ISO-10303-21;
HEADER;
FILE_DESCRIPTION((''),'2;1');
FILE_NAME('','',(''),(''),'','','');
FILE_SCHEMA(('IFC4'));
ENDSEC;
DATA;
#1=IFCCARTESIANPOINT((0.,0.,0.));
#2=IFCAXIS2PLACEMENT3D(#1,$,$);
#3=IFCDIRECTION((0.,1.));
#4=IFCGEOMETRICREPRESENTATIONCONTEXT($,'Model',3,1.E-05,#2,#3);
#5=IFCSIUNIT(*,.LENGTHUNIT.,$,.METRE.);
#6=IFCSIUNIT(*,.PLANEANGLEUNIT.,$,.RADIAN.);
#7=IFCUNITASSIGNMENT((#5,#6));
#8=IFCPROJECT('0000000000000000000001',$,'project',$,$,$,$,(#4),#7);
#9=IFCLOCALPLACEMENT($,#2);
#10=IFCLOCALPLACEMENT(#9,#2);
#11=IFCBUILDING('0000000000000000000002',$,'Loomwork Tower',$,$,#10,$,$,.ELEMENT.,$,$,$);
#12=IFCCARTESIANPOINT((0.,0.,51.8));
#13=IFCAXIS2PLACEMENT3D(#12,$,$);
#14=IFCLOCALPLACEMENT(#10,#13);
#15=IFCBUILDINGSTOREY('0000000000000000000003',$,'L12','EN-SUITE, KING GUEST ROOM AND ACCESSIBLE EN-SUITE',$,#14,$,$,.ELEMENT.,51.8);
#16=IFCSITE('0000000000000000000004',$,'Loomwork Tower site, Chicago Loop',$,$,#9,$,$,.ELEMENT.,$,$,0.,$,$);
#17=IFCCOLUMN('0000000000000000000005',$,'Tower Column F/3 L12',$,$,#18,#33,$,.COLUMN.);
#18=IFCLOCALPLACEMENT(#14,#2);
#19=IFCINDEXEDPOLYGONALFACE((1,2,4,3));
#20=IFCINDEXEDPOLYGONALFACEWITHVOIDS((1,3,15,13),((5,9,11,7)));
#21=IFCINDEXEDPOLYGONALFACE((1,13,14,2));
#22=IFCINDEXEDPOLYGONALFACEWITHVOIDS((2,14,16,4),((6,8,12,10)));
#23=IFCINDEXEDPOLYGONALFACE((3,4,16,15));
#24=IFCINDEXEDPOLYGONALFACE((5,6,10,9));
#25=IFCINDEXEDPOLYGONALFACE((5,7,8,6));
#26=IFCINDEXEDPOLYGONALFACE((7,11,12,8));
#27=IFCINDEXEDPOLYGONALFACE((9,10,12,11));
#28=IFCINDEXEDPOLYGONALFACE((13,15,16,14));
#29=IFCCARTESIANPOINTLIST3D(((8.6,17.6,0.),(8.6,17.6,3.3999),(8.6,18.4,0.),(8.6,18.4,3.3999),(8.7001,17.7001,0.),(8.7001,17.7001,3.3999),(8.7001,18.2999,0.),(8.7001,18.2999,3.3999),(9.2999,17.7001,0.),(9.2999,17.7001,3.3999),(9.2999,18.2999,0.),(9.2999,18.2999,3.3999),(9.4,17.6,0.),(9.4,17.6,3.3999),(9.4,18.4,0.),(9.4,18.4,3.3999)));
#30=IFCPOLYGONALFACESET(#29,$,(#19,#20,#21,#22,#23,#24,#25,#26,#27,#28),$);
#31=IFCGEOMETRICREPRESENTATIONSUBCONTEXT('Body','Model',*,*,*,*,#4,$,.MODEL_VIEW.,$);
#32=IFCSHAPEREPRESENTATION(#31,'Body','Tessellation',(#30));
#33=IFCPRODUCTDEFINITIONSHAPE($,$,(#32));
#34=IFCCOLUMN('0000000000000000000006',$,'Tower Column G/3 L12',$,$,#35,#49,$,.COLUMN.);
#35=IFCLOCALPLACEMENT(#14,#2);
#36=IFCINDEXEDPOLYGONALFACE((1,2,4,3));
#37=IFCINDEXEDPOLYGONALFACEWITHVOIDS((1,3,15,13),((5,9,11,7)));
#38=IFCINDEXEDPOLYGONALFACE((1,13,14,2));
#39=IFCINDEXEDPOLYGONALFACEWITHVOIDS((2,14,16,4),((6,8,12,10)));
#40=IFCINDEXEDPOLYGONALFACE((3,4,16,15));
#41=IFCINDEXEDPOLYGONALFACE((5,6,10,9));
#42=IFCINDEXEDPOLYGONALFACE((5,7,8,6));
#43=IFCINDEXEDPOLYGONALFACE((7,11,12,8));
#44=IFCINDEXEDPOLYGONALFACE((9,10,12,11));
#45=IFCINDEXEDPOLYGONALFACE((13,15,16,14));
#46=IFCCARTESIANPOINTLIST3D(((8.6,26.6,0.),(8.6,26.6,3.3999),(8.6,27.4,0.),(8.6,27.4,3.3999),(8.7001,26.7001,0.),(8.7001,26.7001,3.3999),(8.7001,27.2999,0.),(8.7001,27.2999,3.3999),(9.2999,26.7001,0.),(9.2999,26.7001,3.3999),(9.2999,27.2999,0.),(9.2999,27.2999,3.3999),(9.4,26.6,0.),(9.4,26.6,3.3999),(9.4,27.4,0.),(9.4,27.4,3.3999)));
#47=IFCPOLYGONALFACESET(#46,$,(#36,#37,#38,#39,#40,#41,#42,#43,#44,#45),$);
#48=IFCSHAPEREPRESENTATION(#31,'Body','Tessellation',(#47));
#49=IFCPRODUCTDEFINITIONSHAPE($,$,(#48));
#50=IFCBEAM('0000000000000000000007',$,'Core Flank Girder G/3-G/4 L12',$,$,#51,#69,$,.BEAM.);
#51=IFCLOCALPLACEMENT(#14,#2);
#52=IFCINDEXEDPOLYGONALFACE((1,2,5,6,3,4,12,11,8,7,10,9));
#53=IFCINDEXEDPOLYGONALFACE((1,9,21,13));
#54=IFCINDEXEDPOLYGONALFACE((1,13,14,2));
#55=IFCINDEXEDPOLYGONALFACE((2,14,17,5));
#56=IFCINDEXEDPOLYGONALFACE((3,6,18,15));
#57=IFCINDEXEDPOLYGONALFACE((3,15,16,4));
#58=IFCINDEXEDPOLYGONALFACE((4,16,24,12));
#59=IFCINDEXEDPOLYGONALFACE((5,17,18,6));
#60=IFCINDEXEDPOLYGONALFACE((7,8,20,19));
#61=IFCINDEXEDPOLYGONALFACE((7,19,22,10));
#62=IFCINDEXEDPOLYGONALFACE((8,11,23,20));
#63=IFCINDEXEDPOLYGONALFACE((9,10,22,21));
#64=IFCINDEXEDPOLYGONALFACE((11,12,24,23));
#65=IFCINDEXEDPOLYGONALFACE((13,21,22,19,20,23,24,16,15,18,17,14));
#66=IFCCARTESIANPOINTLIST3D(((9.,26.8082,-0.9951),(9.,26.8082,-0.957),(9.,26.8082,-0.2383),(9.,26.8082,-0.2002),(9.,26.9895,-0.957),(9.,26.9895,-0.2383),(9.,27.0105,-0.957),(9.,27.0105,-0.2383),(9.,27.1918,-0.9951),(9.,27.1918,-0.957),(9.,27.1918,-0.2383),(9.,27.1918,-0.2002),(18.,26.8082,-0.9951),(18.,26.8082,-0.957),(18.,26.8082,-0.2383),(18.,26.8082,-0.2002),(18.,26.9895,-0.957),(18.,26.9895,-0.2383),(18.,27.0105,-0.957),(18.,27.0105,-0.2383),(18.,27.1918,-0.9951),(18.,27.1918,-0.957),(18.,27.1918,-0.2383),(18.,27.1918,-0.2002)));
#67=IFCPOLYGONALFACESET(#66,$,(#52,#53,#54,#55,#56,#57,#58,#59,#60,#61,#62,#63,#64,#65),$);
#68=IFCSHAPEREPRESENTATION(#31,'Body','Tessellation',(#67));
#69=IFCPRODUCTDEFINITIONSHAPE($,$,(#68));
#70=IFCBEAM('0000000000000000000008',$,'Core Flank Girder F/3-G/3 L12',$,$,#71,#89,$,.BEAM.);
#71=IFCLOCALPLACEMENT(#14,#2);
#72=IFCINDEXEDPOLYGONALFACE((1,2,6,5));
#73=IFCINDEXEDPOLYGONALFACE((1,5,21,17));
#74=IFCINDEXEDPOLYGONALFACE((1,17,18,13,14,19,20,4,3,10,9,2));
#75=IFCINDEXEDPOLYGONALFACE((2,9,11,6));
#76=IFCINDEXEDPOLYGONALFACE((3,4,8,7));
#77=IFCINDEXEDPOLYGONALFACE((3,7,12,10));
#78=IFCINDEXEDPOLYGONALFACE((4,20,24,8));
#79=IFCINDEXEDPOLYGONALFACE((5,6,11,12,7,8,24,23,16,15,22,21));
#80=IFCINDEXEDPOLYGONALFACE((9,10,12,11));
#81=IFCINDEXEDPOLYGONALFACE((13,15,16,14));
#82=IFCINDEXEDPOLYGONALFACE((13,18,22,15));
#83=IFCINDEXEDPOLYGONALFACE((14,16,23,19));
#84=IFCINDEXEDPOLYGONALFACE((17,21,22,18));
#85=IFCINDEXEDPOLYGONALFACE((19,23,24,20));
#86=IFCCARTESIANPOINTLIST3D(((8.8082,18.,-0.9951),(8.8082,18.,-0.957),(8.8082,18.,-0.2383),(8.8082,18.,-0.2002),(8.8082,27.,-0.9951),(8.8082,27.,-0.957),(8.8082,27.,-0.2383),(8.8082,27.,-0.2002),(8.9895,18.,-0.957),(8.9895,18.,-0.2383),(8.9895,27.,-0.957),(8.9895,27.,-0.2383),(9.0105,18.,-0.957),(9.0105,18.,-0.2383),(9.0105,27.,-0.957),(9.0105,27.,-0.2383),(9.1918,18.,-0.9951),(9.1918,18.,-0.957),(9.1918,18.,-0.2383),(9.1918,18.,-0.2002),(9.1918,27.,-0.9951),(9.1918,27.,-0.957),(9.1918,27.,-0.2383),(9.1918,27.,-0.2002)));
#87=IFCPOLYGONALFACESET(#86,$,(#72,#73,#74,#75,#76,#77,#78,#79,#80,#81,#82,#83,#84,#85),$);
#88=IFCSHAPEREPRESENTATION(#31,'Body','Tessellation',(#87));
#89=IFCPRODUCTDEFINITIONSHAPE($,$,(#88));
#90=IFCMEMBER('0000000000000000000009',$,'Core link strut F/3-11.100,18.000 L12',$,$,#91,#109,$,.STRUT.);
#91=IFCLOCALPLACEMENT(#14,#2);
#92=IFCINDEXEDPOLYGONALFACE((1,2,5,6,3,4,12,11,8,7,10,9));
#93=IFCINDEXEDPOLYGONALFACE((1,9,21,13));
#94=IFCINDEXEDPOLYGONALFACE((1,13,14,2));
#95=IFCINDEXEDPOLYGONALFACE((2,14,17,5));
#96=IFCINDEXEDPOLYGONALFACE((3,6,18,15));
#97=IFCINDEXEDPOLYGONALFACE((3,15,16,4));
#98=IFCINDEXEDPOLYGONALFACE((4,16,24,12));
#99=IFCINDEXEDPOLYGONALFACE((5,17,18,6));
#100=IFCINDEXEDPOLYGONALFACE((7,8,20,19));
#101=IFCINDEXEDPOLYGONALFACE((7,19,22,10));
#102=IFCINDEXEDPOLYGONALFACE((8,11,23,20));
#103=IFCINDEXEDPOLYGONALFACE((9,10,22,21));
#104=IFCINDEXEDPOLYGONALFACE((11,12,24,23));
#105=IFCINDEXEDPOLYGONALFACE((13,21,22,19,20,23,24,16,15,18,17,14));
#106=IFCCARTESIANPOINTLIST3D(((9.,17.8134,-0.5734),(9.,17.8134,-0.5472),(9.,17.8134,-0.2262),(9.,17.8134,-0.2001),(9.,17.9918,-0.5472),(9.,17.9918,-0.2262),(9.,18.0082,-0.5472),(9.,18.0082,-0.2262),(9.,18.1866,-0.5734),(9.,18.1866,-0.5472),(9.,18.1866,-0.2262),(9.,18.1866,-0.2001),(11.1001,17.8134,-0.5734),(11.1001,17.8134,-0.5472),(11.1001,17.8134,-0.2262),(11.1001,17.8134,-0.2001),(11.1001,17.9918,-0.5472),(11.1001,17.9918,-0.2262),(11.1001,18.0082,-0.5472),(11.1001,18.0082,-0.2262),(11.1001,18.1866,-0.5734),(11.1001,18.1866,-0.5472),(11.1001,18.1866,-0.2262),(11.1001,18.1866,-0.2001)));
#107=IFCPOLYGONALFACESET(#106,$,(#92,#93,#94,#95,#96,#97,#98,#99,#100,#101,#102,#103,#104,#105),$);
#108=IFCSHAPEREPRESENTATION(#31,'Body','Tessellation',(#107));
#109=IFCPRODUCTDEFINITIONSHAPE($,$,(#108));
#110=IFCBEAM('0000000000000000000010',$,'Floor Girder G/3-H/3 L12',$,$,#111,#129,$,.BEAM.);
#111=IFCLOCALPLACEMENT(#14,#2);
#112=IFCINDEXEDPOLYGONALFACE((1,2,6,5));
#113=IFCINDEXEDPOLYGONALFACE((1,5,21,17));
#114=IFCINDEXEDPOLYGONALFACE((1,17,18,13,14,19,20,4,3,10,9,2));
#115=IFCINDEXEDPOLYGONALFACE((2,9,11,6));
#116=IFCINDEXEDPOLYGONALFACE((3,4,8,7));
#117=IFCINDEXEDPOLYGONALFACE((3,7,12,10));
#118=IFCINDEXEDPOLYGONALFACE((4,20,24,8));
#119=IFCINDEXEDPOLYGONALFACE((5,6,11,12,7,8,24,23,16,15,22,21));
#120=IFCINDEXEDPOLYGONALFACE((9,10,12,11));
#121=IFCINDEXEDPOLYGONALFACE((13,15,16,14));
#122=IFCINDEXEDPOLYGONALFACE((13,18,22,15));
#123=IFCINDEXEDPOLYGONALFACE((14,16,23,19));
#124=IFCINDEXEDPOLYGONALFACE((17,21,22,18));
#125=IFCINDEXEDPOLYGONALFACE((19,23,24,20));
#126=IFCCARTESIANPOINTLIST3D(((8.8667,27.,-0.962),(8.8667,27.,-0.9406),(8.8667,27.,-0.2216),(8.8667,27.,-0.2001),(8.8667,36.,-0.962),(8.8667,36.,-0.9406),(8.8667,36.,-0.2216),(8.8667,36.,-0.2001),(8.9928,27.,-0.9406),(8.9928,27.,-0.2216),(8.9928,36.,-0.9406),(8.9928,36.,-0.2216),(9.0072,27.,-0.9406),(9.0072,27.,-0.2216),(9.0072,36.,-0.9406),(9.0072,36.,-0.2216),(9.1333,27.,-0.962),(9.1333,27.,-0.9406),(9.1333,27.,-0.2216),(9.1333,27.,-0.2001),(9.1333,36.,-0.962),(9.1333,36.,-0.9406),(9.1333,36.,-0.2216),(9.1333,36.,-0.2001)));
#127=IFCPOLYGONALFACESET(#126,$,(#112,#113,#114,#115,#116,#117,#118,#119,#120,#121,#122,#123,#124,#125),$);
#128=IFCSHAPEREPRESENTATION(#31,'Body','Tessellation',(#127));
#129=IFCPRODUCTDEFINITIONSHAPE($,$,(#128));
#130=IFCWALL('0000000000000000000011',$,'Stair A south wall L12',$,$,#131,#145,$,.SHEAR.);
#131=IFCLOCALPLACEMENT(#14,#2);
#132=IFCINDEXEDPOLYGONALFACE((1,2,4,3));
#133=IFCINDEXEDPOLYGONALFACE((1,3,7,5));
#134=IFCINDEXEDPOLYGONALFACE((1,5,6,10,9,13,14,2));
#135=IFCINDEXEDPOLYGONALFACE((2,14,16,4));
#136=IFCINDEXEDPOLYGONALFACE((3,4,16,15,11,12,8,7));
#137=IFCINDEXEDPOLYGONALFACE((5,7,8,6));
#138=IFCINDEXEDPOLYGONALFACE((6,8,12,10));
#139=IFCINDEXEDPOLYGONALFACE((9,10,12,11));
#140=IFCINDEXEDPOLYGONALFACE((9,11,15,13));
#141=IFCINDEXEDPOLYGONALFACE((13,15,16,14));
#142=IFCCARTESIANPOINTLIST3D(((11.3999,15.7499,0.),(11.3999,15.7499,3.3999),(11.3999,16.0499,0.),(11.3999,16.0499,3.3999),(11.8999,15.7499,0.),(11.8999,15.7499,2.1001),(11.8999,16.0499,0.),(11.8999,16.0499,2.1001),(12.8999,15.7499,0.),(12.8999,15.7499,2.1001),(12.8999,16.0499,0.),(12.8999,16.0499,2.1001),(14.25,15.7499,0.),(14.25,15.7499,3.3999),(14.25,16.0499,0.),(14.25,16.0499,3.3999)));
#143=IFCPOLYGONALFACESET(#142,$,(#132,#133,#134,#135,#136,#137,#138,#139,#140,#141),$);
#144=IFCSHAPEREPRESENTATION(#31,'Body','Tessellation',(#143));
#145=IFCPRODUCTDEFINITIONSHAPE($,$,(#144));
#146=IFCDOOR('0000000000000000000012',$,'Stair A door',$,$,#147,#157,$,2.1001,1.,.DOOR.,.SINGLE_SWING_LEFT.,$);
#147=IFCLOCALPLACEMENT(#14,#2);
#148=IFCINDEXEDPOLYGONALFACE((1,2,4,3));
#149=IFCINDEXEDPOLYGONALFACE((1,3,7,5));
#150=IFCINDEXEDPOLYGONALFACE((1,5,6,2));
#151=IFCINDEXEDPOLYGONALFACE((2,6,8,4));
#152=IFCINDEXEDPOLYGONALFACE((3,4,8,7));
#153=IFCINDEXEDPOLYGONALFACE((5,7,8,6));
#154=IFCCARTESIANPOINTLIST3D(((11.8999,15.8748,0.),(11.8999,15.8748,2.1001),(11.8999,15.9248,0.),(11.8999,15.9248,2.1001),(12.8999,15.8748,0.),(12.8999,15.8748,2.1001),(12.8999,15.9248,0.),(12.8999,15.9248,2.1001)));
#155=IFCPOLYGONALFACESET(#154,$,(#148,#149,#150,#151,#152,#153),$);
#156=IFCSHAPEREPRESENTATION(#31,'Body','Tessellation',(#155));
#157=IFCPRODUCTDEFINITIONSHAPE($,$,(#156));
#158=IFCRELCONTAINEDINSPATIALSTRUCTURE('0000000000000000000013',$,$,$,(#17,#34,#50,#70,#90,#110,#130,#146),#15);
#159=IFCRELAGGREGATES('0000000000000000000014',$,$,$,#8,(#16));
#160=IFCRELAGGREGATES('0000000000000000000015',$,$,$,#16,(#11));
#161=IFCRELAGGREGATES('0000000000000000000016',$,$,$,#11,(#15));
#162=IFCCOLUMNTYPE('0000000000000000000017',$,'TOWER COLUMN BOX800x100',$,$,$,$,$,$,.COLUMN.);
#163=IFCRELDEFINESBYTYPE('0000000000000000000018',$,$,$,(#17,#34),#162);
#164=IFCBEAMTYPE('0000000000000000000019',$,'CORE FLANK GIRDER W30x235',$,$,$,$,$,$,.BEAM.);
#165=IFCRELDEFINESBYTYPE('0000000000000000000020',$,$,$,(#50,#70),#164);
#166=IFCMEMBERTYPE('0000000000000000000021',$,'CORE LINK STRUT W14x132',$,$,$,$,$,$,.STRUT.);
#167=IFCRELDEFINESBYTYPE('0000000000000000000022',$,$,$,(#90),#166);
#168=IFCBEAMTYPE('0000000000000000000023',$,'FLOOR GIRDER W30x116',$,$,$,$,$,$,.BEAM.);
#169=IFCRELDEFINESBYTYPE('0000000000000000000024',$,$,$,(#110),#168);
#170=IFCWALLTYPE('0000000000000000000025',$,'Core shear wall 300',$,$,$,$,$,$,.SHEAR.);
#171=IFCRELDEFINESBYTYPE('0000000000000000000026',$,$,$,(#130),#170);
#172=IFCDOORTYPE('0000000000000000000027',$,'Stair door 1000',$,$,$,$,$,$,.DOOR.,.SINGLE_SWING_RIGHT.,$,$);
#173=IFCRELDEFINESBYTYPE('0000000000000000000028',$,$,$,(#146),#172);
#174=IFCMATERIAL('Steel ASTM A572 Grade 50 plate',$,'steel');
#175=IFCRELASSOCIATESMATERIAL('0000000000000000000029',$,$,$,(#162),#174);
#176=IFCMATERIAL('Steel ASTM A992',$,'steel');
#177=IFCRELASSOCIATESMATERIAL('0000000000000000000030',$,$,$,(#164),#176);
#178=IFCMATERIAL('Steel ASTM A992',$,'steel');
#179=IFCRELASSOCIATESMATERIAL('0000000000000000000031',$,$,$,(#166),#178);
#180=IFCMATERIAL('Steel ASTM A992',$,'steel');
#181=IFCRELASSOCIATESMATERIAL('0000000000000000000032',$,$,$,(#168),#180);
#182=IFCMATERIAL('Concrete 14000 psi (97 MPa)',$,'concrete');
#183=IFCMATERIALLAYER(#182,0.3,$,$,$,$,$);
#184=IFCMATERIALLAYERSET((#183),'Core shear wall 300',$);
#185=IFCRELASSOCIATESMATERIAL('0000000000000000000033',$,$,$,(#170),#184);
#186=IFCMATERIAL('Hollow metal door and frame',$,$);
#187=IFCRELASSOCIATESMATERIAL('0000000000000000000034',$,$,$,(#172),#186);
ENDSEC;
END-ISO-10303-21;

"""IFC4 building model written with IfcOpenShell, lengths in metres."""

from ifc_helpers import new_model, si_unit, direction, frame, frame_2d, origin, origin_2d, place, context, subcontext, project, spatial, rectangle, hollow_rectangle, i_section, extrude, material, layer, layer_set, material_profile, profile_set, type_object, element, fill, save


model = new_model("IFC4")

# Units and contexts
model_context = context("Model", 3, precision=1e-05, world=origin(), true_north=direction((0.0, 1.0)))
body_context = subcontext(model_context, "Body", "Model", "MODEL_VIEW")
ifc_project = project(units=[si_unit("LENGTHUNIT", "METRE"), si_unit("PLANEANGLEUNIT", "RADIAN")], contexts=[model_context])

# Site, building, storey
site_placement = place(None, origin())
site = spatial("IfcSite", under=ifc_project, at=site_placement, Name="Loomwork Tower site, Chicago Loop", CompositionType="ELEMENT", RefElevation=0.0)
building_placement = place(site_placement, origin())
building = spatial("IfcBuilding", under=site, at=building_placement, Name="Loomwork Tower", CompositionType="ELEMENT")
storey_placement = place(building_placement, frame((0.0, 0.0, 51.8)))
storey = spatial("IfcBuildingStorey", under=building, at=storey_placement, Name="L12", Description="EN-SUITE, KING GUEST ROOM AND ACCESSIBLE EN-SUITE", CompositionType="ELEMENT", Elevation=51.8)

# Columns
ifc_material_1 = material(Name="Steel ASTM A572 Grade 50 plate", Category="steel")
ifc_material_profile_1 = material_profile(ifc_material_1, hollow_rectangle(XDim=0.8, YDim=0.8, WallThickness=0.1001, at=origin_2d()), Name="BOX800x100")
ifc_profile_set_1 = profile_set([ifc_material_profile_1], Name="Steel ASTM A572 Grade 50 plate")
column_type = type_object("IfcColumnType", Name="TOWER COLUMN BOX800x100", PredefinedType="COLUMN", material=ifc_profile_set_1)
for number, where, z_axis, x_axis, name in (
    (1, (9.0, 18.0, 0.0), (0.0, 0.0, 1.0), (1.0, 0.0, 0.0), "Tower Column F/3 L12"),
    (2, (9.0, 27.0, 0.0), (0.0, 0.0, 1.0), (1.0, 0.0, 0.0), "Tower Column G/3 L12"),
):
    element("IfcColumn", number, at=place(storey_placement, frame(where, z_axis=z_axis, x_axis=x_axis)), inside=storey, type_object=column_type, Name=name, PredefinedType="COLUMN", context=body_context, shape_type="SweptSolid", body=[
        extrude(hollow_rectangle(XDim=0.8, YDim=0.8, WallThickness=0.1001, at=origin_2d()), origin(), (0.0, 0.0, 1.0), 3.3999),
    ])

# Beams
ifc_material_2 = material(Name="Steel ASTM A992", Category="steel")
ifc_material_profile_2 = material_profile(ifc_material_2, i_section(OverallWidth=0.3835, OverallDepth=0.7949, WebThickness=0.021, FlangeThickness=0.0381, at=origin_2d()), Name="W30x235")
ifc_profile_set_2 = profile_set([ifc_material_profile_2], Name="Steel ASTM A992")
beam_type_1 = type_object("IfcBeamType", Name="CORE FLANK GIRDER W30x235", PredefinedType="BEAM", material=ifc_profile_set_2)
for number, where, z_axis, x_axis, name in (
    (3, (9.0, 27.0, -0.5977), (1.0, 0.0, 0.0), (0.0, 1.0, 0.0), "Core Flank Girder G/3-G/4 L12"),
    (4, (9.0, 18.0, -0.5977), (0.0, 1.0, 0.0), (-1.0, 0.0, 0.0), "Core Flank Girder F/3-G/3 L12"),
):
    element("IfcBeam", number, at=place(storey_placement, frame(where, z_axis=z_axis, x_axis=x_axis)), inside=storey, type_object=beam_type_1, Name=name, PredefinedType="BEAM", context=body_context, shape_type="SweptSolid", body=[
        extrude(i_section(OverallWidth=0.3835, OverallDepth=0.7949, WebThickness=0.021, FlangeThickness=0.0381, at=origin_2d()), origin(), (0.0, 0.0, 1.0), 9.0),
    ])

# Member
ifc_material_3 = material(Name="Steel ASTM A992", Category="steel")
ifc_material_profile_3 = material_profile(ifc_material_3, i_section(OverallWidth=0.3733, OverallDepth=0.3733, WebThickness=0.0164, FlangeThickness=0.0261, at=origin_2d()), Name="W14x132")
ifc_profile_set_3 = profile_set([ifc_material_profile_3], Name="Steel ASTM A992")
member_type = type_object("IfcMemberType", Name="CORE LINK STRUT W14x132", PredefinedType="STRUT", material=ifc_profile_set_3)
member_placement = place(storey_placement, frame((9.0, 18.0, -0.3867), z_axis=(1.0, 0.0, 0.0), x_axis=(0.0, 1.0, 0.0)))
element("IfcMember", 5, at=member_placement, inside=storey, type_object=member_type, Name="Core link strut F/3-11.100,18.000 L12", PredefinedType="STRUT", context=body_context, shape_type="SweptSolid", body=[
    extrude(i_section(OverallWidth=0.3733, OverallDepth=0.3733, WebThickness=0.0164, FlangeThickness=0.0261, at=origin_2d()), origin(), (0.0, 0.0, 1.0), 2.1001),
])

# Beam
ifc_material_4 = material(Name="Steel ASTM A992", Category="steel")
ifc_material_profile_4 = material_profile(ifc_material_4, i_section(OverallWidth=0.2666, OverallDepth=0.762, WebThickness=0.0144, FlangeThickness=0.0215, at=origin_2d()), Name="W30x116")
ifc_profile_set_4 = profile_set([ifc_material_profile_4], Name="Steel ASTM A992")
beam_type_2 = type_object("IfcBeamType", Name="FLOOR GIRDER W30x116", PredefinedType="BEAM", material=ifc_profile_set_4)
beam_placement = place(storey_placement, frame((9.0, 27.0, -0.5811), z_axis=(0.0, 1.0, 0.0), x_axis=(-1.0, 0.0, 0.0)))
element("IfcBeam", 6, at=beam_placement, inside=storey, type_object=beam_type_2, Name="Floor Girder G/3-H/3 L12", PredefinedType="BEAM", context=body_context, shape_type="SweptSolid", body=[
    extrude(i_section(OverallWidth=0.2666, OverallDepth=0.762, WebThickness=0.0144, FlangeThickness=0.0215, at=origin_2d()), origin(), (0.0, 0.0, 1.0), 9.0),
])

# Wall, opening, door
ifc_material_5 = material(Name="Concrete 14000 psi (97 MPa)", Category="concrete")
ifc_layer_1 = layer(ifc_material_5, 0.3)
ifc_layer_set_1 = layer_set([ifc_layer_1], Name="Core shear wall 300")
wall_type_1 = type_object("IfcWallType", Name="Core shear wall 300", PredefinedType="SHEAR", material=ifc_layer_set_1)
wall_1_placement = place(storey_placement, frame((11.3999, 15.8999, 0.0), z_axis=(0.0, 0.0, 1.0), x_axis=(1.0, 0.0, 0.0)))
wall_1 = element("IfcWall", 7, at=wall_1_placement, inside=storey, type_object=wall_type_1, Name="Stair A south wall L12", PredefinedType="SHEAR", context=body_context, shape_type="SweptSolid", body=[
    extrude(rectangle(XDim=2.8501, YDim=0.3, at=frame_2d((1.425, 0.0))), origin(), (0.0, 0.0, 1.0), 3.3999),
])
opening_1_placement = place(wall_1_placement, frame((0.5, 0.0, 0.0)))
opening_1 = element("IfcOpeningElement", 8, at=opening_1_placement, cuts=wall_1, PredefinedType="OPENING", context=body_context, shape_type="SweptSolid", body=[
    extrude(rectangle(XDim=1.0, YDim=2.1001, at=frame_2d((0.5, 1.05))), frame((0.0, 0.1599, 0.0), z_axis=(0.0, -1.0, 0.0), x_axis=(1.0, 0.0, 0.0)), (0.0, 0.0, 1.0), 0.3201),
])
ifc_material_6 = material(Name="Hollow metal door and frame")
door_type_1 = type_object("IfcDoorType", Name="Stair door 1000", OperationType="SINGLE_SWING_RIGHT", PredefinedType="DOOR", material=ifc_material_6)
door_1_placement = place(opening_1_placement, origin())
door_1 = element("IfcDoor", 9, at=door_1_placement, inside=storey, type_object=door_type_1, Name="Stair A door", OperationType="SINGLE_SWING_LEFT", OverallHeight=2.1001, OverallWidth=1.0, PredefinedType="DOOR", context=body_context, shape_type="SweptSolid", body=[
    extrude(rectangle(XDim=1.0, YDim=2.1001, at=frame_2d((0.5, 1.05))), frame((0.0, 0.0249, 0.0), z_axis=(0.0, -1.0, 0.0), x_axis=(1.0, 0.0, 0.0)), (0.0, 0.0, 1.0), 0.05),
])
fill(opening_1, door_1)

save(model, "model.ifc")
